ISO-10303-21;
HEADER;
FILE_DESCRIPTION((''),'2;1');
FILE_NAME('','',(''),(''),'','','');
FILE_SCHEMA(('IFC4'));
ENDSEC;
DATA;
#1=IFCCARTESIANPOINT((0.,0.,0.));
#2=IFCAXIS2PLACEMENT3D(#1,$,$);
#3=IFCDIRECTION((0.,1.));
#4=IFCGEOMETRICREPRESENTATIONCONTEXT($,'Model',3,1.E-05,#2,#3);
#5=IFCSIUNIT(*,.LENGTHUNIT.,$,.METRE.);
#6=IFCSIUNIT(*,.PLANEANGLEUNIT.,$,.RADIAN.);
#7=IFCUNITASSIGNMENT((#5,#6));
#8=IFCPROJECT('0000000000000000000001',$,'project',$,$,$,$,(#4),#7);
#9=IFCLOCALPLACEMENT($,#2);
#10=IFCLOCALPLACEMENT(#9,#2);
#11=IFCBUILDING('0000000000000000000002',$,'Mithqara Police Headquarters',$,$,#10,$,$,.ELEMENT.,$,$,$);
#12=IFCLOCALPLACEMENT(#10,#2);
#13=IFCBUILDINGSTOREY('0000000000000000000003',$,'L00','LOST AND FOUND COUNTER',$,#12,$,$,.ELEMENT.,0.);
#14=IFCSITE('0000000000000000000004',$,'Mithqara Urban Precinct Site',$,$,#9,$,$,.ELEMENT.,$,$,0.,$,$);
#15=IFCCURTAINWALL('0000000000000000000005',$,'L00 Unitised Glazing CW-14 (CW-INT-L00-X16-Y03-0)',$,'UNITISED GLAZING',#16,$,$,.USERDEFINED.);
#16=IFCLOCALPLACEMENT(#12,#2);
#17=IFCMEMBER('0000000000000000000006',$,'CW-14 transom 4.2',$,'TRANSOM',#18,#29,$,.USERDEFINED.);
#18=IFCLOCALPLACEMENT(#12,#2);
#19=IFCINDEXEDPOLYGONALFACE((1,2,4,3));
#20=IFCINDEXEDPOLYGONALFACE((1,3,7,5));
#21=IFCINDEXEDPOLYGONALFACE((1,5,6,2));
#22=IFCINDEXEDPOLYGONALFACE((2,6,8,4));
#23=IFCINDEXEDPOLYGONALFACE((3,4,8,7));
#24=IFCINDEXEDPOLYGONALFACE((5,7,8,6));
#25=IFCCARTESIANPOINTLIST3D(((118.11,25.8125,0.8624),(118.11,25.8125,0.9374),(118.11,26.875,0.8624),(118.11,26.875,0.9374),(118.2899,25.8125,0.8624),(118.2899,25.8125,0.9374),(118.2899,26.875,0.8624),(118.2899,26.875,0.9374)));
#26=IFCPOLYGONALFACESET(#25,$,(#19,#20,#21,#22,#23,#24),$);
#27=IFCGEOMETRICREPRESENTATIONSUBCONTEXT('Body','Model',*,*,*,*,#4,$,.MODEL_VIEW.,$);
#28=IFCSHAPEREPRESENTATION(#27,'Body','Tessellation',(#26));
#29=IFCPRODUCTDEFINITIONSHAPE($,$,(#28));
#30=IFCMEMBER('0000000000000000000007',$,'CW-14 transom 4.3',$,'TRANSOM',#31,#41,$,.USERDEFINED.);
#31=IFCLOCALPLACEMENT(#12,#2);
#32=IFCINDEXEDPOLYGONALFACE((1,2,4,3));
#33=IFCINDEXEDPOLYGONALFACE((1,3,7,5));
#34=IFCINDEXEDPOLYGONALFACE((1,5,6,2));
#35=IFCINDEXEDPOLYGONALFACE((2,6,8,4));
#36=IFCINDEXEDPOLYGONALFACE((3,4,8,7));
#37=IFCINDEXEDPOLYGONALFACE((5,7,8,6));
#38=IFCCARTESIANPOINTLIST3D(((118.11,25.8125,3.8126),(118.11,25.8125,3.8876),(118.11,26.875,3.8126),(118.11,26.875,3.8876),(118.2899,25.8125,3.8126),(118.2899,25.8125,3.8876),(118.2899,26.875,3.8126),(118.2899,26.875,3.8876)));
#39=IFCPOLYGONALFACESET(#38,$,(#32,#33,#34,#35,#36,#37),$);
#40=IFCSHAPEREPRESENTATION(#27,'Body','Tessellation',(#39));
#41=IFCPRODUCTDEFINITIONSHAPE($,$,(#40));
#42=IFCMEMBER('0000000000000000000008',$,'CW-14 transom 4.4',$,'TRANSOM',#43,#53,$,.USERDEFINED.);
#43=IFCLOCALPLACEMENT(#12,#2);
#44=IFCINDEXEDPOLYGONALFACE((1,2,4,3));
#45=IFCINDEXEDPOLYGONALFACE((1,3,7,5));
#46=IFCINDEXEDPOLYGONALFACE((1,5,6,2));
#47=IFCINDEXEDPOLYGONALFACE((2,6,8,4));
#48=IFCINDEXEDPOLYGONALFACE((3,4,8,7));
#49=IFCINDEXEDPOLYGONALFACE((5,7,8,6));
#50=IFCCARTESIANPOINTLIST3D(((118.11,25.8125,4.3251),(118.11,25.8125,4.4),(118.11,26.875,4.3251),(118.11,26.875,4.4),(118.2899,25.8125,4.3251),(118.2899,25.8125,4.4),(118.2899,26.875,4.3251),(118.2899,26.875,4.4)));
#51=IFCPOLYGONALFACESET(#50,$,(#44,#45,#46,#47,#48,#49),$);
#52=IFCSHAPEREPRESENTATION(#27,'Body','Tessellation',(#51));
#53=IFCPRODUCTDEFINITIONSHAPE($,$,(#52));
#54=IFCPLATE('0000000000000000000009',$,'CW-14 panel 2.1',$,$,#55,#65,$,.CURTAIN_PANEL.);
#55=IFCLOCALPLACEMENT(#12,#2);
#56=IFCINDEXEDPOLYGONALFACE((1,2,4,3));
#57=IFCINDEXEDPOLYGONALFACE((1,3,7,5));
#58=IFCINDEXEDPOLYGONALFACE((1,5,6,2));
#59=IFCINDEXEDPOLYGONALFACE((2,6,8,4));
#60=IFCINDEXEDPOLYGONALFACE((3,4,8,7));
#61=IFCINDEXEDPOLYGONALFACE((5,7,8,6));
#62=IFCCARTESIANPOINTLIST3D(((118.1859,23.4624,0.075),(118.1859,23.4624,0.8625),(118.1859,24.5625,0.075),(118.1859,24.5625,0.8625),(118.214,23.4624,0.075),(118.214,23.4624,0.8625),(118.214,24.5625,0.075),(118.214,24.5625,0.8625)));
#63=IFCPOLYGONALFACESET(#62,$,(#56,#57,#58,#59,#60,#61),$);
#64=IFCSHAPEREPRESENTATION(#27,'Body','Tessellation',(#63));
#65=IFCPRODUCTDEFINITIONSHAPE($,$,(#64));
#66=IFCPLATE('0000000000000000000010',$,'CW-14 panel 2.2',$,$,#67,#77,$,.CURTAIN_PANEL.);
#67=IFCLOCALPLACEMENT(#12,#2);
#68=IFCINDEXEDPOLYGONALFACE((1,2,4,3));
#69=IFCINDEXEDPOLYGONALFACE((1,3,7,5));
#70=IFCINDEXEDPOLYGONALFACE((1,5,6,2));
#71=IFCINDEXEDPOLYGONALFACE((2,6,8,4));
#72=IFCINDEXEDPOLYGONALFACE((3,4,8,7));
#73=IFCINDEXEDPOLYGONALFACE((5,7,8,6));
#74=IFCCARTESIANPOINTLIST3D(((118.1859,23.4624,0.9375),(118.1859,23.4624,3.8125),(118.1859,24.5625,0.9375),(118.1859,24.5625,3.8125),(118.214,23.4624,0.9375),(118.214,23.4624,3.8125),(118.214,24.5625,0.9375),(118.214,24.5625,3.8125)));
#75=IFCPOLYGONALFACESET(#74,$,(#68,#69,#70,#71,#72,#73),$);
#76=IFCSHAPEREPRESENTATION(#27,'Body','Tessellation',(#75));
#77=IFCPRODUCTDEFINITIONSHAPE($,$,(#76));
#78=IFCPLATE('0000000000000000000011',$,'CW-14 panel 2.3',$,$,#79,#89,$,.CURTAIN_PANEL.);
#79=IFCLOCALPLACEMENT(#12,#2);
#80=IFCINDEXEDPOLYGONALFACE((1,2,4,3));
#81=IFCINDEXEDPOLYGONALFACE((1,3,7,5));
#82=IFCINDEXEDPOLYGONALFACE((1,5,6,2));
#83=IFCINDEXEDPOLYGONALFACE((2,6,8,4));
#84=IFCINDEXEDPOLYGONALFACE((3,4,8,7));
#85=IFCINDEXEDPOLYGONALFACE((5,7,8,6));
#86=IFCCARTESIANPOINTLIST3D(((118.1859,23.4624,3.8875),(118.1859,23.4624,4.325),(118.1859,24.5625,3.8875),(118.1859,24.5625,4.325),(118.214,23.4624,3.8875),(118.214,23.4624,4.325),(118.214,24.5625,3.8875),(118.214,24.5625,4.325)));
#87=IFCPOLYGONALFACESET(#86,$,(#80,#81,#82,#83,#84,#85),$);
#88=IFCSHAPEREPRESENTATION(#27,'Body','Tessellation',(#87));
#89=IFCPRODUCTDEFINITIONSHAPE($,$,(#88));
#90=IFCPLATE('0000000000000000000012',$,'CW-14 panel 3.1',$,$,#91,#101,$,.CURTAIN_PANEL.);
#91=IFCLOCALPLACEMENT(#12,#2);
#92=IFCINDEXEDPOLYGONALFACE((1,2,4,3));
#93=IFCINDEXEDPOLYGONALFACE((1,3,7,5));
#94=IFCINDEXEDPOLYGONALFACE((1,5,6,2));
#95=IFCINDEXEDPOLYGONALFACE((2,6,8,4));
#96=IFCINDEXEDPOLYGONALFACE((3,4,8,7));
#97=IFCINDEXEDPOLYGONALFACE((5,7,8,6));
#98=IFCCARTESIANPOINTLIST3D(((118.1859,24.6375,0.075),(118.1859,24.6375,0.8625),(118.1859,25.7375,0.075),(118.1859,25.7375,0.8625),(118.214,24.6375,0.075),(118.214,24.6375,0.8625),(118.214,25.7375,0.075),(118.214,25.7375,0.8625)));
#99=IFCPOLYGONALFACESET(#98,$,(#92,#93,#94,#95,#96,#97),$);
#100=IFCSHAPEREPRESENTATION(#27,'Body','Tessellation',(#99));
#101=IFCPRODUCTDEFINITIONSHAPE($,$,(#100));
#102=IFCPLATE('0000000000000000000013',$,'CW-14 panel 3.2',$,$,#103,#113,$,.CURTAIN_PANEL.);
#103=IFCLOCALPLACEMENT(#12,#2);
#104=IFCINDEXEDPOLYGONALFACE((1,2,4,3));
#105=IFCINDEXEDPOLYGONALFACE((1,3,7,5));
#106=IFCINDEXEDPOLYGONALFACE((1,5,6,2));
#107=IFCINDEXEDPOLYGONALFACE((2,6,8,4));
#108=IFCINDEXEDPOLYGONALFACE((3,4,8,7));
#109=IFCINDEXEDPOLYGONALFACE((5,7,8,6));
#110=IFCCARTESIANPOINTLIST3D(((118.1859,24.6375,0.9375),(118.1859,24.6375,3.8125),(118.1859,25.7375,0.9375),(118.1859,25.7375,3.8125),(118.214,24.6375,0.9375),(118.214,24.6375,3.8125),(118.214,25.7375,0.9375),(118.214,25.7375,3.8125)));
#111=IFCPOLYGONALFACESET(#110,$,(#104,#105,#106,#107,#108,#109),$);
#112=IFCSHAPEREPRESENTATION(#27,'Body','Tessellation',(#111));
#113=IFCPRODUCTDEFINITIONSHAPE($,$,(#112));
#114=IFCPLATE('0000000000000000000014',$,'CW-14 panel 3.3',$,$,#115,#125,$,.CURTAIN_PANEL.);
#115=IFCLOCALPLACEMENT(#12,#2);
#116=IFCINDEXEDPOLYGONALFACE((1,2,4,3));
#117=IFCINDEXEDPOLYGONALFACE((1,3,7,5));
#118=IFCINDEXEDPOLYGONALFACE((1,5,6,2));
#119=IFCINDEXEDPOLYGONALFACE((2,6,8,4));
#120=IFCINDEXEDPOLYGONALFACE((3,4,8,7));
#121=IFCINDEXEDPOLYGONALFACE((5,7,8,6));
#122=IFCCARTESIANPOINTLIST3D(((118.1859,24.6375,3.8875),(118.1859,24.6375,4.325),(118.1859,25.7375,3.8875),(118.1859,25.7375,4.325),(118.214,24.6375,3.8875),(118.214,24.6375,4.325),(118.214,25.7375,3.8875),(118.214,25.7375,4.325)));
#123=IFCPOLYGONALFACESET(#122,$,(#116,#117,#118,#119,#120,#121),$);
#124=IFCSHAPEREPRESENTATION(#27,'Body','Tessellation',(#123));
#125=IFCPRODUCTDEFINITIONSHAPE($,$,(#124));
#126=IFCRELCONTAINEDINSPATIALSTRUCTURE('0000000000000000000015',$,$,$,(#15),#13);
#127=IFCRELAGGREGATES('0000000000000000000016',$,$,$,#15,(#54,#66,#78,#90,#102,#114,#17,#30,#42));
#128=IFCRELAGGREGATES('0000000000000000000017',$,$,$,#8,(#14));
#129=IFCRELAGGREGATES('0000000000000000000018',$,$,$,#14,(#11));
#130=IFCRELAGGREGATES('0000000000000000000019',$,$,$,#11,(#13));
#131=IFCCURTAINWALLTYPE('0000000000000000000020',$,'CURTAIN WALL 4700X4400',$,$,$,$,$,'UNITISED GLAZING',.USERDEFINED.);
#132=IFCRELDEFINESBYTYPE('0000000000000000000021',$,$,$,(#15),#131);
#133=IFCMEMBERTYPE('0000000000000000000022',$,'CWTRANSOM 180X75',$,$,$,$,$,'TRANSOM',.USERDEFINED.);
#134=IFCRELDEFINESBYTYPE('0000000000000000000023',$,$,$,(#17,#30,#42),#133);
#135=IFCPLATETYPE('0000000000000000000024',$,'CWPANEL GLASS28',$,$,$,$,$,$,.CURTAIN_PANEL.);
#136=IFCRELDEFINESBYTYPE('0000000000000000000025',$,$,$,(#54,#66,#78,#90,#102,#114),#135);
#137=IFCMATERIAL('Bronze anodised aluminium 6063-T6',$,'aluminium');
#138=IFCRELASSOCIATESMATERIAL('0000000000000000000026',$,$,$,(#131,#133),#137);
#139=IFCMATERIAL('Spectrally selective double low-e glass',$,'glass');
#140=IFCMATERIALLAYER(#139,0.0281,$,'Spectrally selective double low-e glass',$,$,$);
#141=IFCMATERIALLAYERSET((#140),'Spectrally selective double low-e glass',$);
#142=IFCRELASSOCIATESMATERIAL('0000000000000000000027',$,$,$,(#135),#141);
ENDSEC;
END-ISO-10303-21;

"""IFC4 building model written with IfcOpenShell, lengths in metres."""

from ifc_helpers import new_model, si_unit, direction, frame, origin, origin_2d, place, context, subcontext, project, spatial, rectangle, extrude, material, layer, layer_set, material_profile, profile_set, type_object, element, aggregate, save


model = new_model("IFC4")

# Units and contexts
model_context = context("Model", 3, precision=1e-05, world=origin(), true_north=direction((0.0, 1.0)))
body_context = subcontext(model_context, "Body", "Model", "MODEL_VIEW")
ifc_project = project(units=[si_unit("LENGTHUNIT", "METRE"), si_unit("PLANEANGLEUNIT", "RADIAN")], contexts=[model_context])

# Site, building, storey
site_placement = place(None, origin())
site = spatial("IfcSite", under=ifc_project, at=site_placement, Name="Mithqara Urban Precinct Site", CompositionType="ELEMENT", RefElevation=0.0)
building_placement = place(site_placement, origin())
building = spatial("IfcBuilding", under=site, at=building_placement, Name="Mithqara Police Headquarters", CompositionType="ELEMENT")
storey_placement = place(building_placement, origin())
storey = spatial("IfcBuildingStorey", under=building, at=storey_placement, Name="L00", Description="LOST AND FOUND COUNTER", CompositionType="ELEMENT", Elevation=0.0)

# Curtain wall, members, plates
ifc_material_1 = material(Name="Bronze anodised aluminium 6063-T6", Category="aluminium")
curtain_wall_type = type_object("IfcCurtainWallType", Name="CURTAIN WALL 4700X4400", ElementType="UNITISED GLAZING", PredefinedType="USERDEFINED", material=ifc_material_1)
curtain_wall_placement = place(storey_placement, origin())
curtain_wall = element("IfcCurtainWall", 1, at=curtain_wall_placement, inside=storey, type_object=curtain_wall_type, Name="L00 Unitised Glazing CW-14 (CW-INT-L00-X16-Y03-0)", ObjectType="UNITISED GLAZING", PredefinedType="USERDEFINED")
ifc_material_profile_1 = material_profile(ifc_material_1, rectangle(XDim=0.1799, YDim=0.075, at=origin_2d()), Name="CWT 180x75")
ifc_profile_set_1 = profile_set([ifc_material_profile_1], Name="Bronze anodised aluminium 6063-T6")
member_type_1 = type_object("IfcMemberType", Name="CWTRANSOM 180X75", ElementType="TRANSOM", PredefinedType="USERDEFINED", material=ifc_profile_set_1)
member_1_placement = place(storey_placement, frame((118.2, 25.8125, 0.8999), z_axis=(0.0, 1.0, 0.0), x_axis=(-1.0, 0.0, 0.0)))
member_1 = element("IfcMember", 2, at=member_1_placement, type_object=member_type_1, Name="CW-14 transom 4.2", ObjectType="TRANSOM", PredefinedType="USERDEFINED", context=body_context, shape_type="SweptSolid", body=[
    extrude(rectangle(XDim=0.1799, YDim=0.075, at=origin_2d()), origin(), (0.0, 0.0, 1.0), 1.0625),
])
member_2_placement = place(storey_placement, frame((118.2, 25.8125, 3.8501), z_axis=(0.0, 1.0, 0.0), x_axis=(-1.0, 0.0, 0.0)))
member_2 = element("IfcMember", 3, at=member_2_placement, type_object=member_type_1, Name="CW-14 transom 4.3", ObjectType="TRANSOM", PredefinedType="USERDEFINED", context=body_context, shape_type="SweptSolid", body=[
    extrude(rectangle(XDim=0.1799, YDim=0.075, at=origin_2d()), origin(), (0.0, 0.0, 1.0), 1.0625),
])
member_3_placement = place(storey_placement, frame((118.2, 25.8125, 4.3625), z_axis=(0.0, 1.0, 0.0), x_axis=(-1.0, 0.0, 0.0)))
member_3 = element("IfcMember", 4, at=member_3_placement, type_object=member_type_1, Name="CW-14 transom 4.4", ObjectType="TRANSOM", PredefinedType="USERDEFINED", context=body_context, shape_type="SweptSolid", body=[
    extrude(rectangle(XDim=0.1799, YDim=0.075, at=origin_2d()), origin(), (0.0, 0.0, 1.0), 1.0625),
])
ifc_material_2 = material(Name="Spectrally selective double low-e glass", Category="glass")
ifc_layer = layer(ifc_material_2, 0.0281, Name="Spectrally selective double low-e glass")
ifc_layer_set = layer_set([ifc_layer], Name="Spectrally selective double low-e glass")
plate_type = type_object("IfcPlateType", Name="CWPANEL GLASS28", PredefinedType="CURTAIN_PANEL", material=ifc_layer_set)
plate_1_placement = place(storey_placement, frame((118.2, 24.0125, 0.075), z_axis=(0.0, 0.0, 1.0), x_axis=(0.0, 1.0, 0.0)))
plate_1 = element("IfcPlate", 5, at=plate_1_placement, type_object=plate_type, Name="CW-14 panel 2.1", PredefinedType="CURTAIN_PANEL", context=body_context, shape_type="SweptSolid", body=[
    extrude(rectangle(XDim=1.1001, YDim=0.0281, at=origin_2d()), origin(), (0.0, 0.0, 1.0), 0.7876),
])
plate_2_placement = place(storey_placement, frame((118.2, 24.0125, 0.9375), z_axis=(0.0, 0.0, 1.0), x_axis=(0.0, 1.0, 0.0)))
plate_2 = element("IfcPlate", 6, at=plate_2_placement, type_object=plate_type, Name="CW-14 panel 2.2", PredefinedType="CURTAIN_PANEL", context=body_context, shape_type="SweptSolid", body=[
    extrude(rectangle(XDim=1.1001, YDim=0.0281, at=origin_2d()), origin(), (0.0, 0.0, 1.0), 2.875),
])
plate_3_placement = place(storey_placement, frame((118.2, 24.0125, 3.8875), z_axis=(0.0, 0.0, 1.0), x_axis=(0.0, 1.0, 0.0)))
plate_3 = element("IfcPlate", 7, at=plate_3_placement, type_object=plate_type, Name="CW-14 panel 2.3", PredefinedType="CURTAIN_PANEL", context=body_context, shape_type="SweptSolid", body=[
    extrude(rectangle(XDim=1.1001, YDim=0.0281, at=origin_2d()), origin(), (0.0, 0.0, 1.0), 0.4375),
])
plate_4_placement = place(storey_placement, frame((118.2, 25.1875, 0.075), z_axis=(0.0, 0.0, 1.0), x_axis=(0.0, 1.0, 0.0)))
plate_4 = element("IfcPlate", 8, at=plate_4_placement, type_object=plate_type, Name="CW-14 panel 3.1", PredefinedType="CURTAIN_PANEL", context=body_context, shape_type="SweptSolid", body=[
    extrude(rectangle(XDim=1.1001, YDim=0.0281, at=origin_2d()), origin(), (0.0, 0.0, 1.0), 0.7876),
])
plate_5_placement = place(storey_placement, frame((118.2, 25.1875, 0.9375), z_axis=(0.0, 0.0, 1.0), x_axis=(0.0, 1.0, 0.0)))
plate_5 = element("IfcPlate", 9, at=plate_5_placement, type_object=plate_type, Name="CW-14 panel 3.2", PredefinedType="CURTAIN_PANEL", context=body_context, shape_type="SweptSolid", body=[
    extrude(rectangle(XDim=1.1001, YDim=0.0281, at=origin_2d()), origin(), (0.0, 0.0, 1.0), 2.875),
])
plate_6_placement = place(storey_placement, frame((118.2, 25.1875, 3.8875), z_axis=(0.0, 0.0, 1.0), x_axis=(0.0, 1.0, 0.0)))
plate_6 = element("IfcPlate", 10, at=plate_6_placement, type_object=plate_type, Name="CW-14 panel 3.3", PredefinedType="CURTAIN_PANEL", context=body_context, shape_type="SweptSolid", body=[
    extrude(rectangle(XDim=1.1001, YDim=0.0281, at=origin_2d()), origin(), (0.0, 0.0, 1.0), 0.4375),
])
aggregate(curtain_wall, [plate_1, plate_2, plate_3, plate_4, plate_5, plate_6, member_1, member_2, member_3])

save(model, "model.ifc")
